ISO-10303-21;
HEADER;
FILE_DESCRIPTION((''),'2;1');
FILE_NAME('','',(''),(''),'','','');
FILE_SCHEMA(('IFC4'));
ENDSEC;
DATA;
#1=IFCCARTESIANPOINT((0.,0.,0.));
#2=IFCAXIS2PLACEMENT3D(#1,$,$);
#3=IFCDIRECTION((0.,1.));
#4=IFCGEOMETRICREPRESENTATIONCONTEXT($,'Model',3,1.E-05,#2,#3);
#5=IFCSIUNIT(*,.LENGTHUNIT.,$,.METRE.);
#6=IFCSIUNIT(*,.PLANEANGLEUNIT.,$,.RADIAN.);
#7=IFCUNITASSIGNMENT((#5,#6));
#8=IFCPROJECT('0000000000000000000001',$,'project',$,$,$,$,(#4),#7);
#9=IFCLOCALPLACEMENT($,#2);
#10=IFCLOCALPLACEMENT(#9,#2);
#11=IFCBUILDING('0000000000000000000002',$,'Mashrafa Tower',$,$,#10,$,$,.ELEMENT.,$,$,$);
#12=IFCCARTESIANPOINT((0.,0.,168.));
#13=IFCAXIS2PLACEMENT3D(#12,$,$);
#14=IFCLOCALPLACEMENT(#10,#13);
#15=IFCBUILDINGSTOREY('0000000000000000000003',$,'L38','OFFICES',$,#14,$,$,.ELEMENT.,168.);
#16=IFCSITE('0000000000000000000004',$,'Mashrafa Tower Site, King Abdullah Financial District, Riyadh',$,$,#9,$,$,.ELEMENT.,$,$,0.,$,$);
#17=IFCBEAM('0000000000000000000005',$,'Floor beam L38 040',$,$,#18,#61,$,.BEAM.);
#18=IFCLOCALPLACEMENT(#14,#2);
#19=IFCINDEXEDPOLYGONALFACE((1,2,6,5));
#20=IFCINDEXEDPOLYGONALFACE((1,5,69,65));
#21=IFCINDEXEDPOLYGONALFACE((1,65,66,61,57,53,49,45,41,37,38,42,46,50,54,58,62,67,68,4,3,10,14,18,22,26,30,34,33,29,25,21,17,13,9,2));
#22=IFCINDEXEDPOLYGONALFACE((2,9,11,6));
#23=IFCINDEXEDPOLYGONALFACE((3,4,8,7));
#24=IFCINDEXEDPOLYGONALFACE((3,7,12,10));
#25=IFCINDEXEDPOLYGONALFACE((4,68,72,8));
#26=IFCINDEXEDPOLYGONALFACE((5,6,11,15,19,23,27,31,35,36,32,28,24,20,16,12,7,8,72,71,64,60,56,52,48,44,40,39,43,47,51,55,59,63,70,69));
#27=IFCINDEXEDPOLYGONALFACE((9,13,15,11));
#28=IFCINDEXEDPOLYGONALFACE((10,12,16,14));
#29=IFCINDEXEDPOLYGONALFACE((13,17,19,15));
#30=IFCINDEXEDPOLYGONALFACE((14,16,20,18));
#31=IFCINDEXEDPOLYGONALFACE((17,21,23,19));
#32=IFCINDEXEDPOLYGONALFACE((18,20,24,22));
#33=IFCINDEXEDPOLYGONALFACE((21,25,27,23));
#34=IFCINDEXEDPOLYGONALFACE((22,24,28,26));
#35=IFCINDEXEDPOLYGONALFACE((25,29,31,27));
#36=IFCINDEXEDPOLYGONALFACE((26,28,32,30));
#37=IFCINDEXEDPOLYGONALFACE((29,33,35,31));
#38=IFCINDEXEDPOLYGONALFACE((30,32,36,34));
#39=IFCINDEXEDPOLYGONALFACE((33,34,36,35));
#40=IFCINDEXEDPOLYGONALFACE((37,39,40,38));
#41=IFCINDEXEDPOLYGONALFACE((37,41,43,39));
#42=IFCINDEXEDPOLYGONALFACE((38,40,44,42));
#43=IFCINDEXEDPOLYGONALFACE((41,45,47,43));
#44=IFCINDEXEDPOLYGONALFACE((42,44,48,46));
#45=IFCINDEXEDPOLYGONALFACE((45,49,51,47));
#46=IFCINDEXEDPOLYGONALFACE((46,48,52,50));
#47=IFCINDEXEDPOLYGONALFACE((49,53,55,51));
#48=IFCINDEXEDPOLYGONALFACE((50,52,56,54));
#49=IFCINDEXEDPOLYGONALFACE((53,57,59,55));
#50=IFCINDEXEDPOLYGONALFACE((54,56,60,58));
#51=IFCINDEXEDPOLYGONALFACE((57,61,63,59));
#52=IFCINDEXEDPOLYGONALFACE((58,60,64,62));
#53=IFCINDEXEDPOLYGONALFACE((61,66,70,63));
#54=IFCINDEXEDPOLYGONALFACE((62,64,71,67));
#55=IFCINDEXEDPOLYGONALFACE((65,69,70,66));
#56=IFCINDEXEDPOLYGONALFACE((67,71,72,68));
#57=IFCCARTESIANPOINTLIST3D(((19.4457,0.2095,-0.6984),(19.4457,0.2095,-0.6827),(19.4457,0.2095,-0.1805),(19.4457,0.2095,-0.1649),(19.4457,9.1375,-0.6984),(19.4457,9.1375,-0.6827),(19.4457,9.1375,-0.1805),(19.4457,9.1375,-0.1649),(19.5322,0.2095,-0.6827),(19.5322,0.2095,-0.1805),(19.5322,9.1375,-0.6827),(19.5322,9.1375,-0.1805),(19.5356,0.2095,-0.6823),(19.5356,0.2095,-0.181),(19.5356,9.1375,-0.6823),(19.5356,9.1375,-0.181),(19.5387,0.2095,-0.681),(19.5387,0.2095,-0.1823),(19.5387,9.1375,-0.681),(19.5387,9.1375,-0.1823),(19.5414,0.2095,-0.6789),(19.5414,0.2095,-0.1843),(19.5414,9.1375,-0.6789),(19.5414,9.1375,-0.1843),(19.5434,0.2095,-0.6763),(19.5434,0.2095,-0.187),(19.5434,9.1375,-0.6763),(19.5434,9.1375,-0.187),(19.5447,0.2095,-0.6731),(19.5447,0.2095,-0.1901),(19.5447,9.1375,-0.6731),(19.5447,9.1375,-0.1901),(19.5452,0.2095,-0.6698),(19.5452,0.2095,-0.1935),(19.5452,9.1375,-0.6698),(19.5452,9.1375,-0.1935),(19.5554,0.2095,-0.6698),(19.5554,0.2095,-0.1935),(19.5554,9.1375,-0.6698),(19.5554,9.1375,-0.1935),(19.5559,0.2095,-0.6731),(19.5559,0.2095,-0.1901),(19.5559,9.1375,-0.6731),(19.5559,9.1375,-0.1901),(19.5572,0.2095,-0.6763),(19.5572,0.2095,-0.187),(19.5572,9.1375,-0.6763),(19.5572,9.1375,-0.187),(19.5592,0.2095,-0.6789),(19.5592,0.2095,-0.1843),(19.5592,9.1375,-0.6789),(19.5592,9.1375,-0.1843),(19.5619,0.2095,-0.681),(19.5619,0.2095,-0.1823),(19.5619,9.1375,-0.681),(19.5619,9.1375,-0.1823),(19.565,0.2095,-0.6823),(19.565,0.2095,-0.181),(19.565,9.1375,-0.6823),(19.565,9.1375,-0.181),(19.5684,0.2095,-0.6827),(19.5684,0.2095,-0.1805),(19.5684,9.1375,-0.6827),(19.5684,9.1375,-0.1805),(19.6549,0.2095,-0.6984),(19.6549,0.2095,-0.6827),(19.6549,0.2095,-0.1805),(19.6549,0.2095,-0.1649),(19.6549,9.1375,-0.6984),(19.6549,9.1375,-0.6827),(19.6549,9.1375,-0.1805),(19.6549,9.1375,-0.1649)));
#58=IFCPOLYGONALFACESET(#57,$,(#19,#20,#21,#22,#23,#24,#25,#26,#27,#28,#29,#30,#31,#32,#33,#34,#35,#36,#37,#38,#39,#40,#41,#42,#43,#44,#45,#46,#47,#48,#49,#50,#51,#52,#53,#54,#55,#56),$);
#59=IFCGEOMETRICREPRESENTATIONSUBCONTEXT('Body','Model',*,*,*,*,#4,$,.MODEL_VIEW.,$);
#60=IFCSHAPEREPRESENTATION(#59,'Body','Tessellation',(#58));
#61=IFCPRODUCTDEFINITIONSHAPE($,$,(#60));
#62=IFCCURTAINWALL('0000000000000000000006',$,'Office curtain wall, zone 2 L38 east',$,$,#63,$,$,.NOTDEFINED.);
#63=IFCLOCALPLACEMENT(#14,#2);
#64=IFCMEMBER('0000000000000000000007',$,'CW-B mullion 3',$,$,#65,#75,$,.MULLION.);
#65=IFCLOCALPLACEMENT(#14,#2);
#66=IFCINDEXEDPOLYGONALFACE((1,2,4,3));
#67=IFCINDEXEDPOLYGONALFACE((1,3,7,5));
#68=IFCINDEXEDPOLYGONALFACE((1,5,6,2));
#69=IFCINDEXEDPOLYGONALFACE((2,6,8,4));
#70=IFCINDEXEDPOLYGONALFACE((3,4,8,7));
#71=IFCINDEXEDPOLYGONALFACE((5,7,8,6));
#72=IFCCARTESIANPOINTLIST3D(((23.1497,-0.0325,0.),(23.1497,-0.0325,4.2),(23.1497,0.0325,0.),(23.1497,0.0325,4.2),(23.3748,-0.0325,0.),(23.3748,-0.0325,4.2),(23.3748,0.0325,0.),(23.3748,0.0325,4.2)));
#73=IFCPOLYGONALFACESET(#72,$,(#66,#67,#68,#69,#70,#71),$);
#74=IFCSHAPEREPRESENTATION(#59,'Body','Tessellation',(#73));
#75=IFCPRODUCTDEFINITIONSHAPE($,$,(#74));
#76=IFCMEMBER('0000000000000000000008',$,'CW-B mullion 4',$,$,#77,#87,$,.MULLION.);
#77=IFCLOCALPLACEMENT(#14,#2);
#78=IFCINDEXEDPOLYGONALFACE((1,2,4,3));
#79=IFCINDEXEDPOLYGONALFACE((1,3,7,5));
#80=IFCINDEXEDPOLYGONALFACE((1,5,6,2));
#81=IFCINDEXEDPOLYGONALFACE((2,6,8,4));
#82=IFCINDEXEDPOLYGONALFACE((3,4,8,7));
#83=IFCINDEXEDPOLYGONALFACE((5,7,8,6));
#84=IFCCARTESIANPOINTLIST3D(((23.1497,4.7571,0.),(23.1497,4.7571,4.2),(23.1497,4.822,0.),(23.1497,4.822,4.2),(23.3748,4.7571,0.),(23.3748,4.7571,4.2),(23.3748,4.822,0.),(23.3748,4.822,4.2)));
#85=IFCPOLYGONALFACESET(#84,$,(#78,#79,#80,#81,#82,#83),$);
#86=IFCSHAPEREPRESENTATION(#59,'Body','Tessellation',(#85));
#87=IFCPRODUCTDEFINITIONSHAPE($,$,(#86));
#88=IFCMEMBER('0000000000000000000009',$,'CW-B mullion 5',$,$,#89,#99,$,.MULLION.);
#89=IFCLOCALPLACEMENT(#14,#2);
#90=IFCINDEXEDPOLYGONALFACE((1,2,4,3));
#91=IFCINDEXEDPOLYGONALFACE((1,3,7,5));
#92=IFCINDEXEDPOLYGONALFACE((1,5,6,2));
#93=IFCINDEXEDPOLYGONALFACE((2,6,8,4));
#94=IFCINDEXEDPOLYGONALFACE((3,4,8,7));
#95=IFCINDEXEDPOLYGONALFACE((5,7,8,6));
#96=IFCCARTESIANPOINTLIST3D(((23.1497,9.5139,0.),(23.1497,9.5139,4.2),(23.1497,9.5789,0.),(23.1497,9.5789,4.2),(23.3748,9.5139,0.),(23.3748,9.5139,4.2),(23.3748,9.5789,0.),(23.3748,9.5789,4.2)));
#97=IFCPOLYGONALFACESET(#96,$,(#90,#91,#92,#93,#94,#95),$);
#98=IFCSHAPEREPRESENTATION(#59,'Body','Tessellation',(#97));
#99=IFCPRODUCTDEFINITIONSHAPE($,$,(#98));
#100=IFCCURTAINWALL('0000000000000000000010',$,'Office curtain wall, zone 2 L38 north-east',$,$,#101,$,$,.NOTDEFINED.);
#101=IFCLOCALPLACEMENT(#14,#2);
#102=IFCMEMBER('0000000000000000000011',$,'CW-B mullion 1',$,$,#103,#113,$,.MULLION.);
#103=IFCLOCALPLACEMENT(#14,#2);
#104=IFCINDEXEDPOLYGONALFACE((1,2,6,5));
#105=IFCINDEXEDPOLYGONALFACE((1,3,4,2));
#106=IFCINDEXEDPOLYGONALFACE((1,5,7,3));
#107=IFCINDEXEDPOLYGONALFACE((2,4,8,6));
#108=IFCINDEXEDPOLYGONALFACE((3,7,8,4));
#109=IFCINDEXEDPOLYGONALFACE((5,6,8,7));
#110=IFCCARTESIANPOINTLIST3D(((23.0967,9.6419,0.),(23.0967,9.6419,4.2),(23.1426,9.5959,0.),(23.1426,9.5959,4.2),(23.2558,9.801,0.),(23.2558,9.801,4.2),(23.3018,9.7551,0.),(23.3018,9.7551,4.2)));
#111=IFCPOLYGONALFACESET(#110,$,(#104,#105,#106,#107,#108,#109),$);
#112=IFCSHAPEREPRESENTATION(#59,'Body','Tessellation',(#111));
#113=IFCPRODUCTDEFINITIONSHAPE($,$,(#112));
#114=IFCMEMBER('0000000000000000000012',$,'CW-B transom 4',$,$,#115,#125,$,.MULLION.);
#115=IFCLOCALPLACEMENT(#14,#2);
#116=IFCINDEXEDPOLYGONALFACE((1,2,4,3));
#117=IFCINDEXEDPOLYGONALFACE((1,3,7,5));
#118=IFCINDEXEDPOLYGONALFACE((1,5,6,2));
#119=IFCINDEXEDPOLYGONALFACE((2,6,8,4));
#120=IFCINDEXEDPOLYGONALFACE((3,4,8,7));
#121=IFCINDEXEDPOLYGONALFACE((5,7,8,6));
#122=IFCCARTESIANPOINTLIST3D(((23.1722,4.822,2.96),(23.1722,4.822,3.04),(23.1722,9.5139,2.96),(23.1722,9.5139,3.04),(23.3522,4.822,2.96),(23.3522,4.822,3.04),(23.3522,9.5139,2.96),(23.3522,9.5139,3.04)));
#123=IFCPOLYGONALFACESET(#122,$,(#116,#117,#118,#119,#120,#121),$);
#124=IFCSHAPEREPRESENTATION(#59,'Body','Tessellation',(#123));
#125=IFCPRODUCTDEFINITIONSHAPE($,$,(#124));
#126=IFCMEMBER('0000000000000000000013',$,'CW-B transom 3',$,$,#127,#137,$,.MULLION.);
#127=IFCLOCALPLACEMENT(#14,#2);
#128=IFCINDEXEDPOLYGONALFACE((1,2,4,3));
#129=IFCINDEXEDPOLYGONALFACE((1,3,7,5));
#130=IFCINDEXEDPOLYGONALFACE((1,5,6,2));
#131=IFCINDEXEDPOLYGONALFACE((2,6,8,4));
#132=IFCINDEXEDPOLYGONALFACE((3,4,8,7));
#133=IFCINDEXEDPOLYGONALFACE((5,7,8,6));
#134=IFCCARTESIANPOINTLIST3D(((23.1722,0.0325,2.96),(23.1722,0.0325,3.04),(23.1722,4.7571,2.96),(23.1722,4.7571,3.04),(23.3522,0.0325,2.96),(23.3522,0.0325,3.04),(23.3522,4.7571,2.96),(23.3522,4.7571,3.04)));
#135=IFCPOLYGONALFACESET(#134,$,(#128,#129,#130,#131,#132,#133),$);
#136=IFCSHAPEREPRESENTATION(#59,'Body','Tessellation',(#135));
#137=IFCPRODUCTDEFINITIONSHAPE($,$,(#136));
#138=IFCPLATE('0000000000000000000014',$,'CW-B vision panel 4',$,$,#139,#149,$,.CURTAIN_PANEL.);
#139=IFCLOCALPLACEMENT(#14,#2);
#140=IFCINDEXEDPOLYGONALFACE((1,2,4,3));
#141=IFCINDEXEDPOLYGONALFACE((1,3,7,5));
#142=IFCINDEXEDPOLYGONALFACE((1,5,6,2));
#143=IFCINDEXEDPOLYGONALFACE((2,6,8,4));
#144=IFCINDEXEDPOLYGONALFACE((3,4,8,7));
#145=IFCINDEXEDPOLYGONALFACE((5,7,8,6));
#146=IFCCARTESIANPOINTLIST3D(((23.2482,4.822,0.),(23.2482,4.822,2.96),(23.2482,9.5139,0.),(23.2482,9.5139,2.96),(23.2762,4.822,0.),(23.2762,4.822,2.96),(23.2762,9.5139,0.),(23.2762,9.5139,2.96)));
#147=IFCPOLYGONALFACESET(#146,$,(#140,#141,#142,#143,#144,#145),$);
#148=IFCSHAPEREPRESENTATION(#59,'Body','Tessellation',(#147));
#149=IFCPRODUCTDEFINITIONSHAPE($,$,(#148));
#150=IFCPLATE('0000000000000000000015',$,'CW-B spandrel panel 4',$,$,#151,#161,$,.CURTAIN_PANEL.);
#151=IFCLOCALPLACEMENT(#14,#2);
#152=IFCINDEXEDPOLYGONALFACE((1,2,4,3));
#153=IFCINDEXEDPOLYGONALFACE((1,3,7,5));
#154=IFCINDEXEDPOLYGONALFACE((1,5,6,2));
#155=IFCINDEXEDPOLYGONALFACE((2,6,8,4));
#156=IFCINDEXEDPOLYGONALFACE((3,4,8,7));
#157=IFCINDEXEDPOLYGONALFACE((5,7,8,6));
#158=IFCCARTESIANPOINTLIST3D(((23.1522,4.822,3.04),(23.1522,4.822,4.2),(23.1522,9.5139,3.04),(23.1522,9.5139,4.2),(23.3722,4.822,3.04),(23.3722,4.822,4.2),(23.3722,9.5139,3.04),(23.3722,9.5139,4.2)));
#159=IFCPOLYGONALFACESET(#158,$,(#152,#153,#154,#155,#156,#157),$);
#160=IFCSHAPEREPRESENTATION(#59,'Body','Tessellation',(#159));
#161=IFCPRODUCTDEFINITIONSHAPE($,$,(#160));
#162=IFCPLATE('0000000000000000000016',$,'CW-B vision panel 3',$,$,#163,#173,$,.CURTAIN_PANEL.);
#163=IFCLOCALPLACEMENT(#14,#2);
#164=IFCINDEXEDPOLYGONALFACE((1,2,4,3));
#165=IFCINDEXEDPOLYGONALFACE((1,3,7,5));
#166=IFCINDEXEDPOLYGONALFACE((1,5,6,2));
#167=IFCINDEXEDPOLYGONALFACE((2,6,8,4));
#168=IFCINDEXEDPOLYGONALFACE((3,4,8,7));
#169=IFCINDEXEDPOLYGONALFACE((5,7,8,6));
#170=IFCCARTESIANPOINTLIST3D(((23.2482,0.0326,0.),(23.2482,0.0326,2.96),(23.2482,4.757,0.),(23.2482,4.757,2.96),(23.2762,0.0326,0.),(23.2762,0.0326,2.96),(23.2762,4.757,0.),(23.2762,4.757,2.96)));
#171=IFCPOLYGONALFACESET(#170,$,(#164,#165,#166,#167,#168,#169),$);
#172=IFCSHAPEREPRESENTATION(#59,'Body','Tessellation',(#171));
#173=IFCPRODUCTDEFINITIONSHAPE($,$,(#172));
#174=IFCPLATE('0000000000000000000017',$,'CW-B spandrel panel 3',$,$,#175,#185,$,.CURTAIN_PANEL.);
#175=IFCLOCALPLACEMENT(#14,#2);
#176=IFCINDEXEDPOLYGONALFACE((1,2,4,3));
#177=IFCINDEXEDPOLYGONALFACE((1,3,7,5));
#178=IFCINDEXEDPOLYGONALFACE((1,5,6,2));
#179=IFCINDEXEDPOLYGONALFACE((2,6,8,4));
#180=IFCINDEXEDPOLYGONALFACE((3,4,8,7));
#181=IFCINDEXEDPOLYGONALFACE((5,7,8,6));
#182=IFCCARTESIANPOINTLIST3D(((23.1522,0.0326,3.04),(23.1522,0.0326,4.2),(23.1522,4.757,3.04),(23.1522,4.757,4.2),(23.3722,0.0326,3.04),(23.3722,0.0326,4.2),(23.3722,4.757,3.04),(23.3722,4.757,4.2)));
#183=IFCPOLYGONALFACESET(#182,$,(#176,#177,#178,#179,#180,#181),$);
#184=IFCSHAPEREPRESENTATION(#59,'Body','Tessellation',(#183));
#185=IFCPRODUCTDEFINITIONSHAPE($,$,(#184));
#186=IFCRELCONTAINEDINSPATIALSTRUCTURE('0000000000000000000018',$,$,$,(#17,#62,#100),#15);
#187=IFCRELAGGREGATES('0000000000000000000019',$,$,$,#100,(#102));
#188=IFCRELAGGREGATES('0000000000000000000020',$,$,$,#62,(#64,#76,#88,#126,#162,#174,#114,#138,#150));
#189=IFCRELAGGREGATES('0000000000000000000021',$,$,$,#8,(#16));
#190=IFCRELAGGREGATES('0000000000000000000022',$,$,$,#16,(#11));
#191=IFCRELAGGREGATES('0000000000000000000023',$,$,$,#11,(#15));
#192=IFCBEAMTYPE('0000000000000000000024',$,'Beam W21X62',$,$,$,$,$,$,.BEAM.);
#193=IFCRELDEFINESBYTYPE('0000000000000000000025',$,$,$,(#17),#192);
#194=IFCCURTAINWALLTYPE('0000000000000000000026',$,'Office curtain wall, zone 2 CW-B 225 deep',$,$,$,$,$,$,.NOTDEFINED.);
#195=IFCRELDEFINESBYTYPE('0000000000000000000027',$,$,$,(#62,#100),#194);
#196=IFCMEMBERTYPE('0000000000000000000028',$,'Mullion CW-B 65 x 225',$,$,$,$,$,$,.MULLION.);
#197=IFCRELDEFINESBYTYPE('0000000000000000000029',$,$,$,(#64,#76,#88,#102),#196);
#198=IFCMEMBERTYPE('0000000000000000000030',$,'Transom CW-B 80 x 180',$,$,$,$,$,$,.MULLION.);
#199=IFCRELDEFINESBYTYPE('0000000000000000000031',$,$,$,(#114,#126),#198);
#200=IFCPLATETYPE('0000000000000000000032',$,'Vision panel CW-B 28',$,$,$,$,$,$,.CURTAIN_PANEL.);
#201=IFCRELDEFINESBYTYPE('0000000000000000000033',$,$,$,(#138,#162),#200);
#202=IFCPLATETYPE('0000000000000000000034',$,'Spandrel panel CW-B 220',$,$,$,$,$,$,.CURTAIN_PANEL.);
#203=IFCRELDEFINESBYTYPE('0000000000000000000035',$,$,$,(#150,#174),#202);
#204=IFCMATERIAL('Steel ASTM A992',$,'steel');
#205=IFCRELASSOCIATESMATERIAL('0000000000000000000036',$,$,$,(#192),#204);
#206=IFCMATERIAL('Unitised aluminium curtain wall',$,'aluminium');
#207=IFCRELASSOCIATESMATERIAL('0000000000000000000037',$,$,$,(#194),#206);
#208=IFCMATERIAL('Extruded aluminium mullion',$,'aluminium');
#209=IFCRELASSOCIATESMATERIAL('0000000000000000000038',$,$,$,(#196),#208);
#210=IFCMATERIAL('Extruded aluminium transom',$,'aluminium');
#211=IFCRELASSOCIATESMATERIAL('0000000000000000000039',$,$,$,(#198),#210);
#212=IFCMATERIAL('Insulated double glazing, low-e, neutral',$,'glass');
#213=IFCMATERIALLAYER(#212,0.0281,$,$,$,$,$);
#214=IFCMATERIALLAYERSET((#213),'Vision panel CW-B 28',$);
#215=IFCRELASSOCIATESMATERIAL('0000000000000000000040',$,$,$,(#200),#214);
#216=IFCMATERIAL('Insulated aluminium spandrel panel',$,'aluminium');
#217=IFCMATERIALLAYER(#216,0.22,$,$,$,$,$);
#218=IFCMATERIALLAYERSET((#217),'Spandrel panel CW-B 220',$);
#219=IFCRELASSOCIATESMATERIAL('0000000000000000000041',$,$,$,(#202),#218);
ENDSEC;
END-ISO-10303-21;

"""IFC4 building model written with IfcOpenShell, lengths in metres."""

from ifc_helpers import new_model, si_unit, direction, frame, origin, origin_2d, place, context, subcontext, project, spatial, rectangle, i_section, extrude, source, transform, mapped, material, layer, layer_set, material_profile, profile_set, type_object, type_shapes, element, aggregate, save


model = new_model("IFC4")

# Units and contexts
model_context = context("Model", 3, precision=1e-05, world=origin(), true_north=direction((0.0, 1.0)))
body_context = subcontext(model_context, "Body", "Model", "MODEL_VIEW")
ifc_project = project(units=[si_unit("LENGTHUNIT", "METRE"), si_unit("PLANEANGLEUNIT", "RADIAN")], contexts=[model_context])

# Site, building, storey
site_placement = place(None, origin())
site = spatial("IfcSite", under=ifc_project, at=site_placement, Name="Mashrafa Tower Site, King Abdullah Financial District, Riyadh", CompositionType="ELEMENT", RefElevation=0.0)
building_placement = place(site_placement, origin())
building = spatial("IfcBuilding", under=site, at=building_placement, Name="Mashrafa Tower", CompositionType="ELEMENT")
storey_placement = place(building_placement, frame((0.0, 0.0, 168.0)))
storey = spatial("IfcBuildingStorey", under=building, at=storey_placement, Name="L38", Description="OFFICES", CompositionType="ELEMENT", Elevation=168.0)

# Beam
ifc_material_1 = material(Name="Steel ASTM A992", Category="steel")
ifc_material_profile_1 = material_profile(ifc_material_1, i_section(OverallWidth=0.2092, OverallDepth=0.5334, WebThickness=0.0103, FlangeThickness=0.0156, FilletRadius=0.0129, at=origin_2d()), Name="W21X62")
ifc_profile_set_1 = profile_set([ifc_material_profile_1], Name="Steel ASTM A992")
beam_type_1 = type_object("IfcBeamType", Name="Beam W21X62", PredefinedType="BEAM", material=ifc_profile_set_1)
beam_1_placement = place(storey_placement, frame((19.5503, 9.1375, -0.4316), z_axis=(0.0, -1.0, 0.0), x_axis=(1.0, 0.0, 0.0)))
element("IfcBeam", 1, at=beam_1_placement, inside=storey, type_object=beam_type_1, Name="Floor beam L38 040", PredefinedType="BEAM", context=body_context, shape_type="SweptSolid", body=[
    extrude(i_section(OverallWidth=0.2092, OverallDepth=0.5334, WebThickness=0.0103, FlangeThickness=0.0156, FilletRadius=0.0129, at=origin_2d()), origin(), (0.0, 0.0, 1.0), 8.928),
])

# Curtain wall, members
ifc_material_2 = material(Name="Unitised aluminium curtain wall", Category="aluminium")
curtain_wall_type = type_object("IfcCurtainWallType", Name="Office curtain wall, zone 2 CW-B 225 deep", PredefinedType="NOTDEFINED", material=ifc_material_2)
curtain_wall_1_placement = place(storey_placement, origin())
curtain_wall_1 = element("IfcCurtainWall", 2, at=curtain_wall_1_placement, inside=storey, type_object=curtain_wall_type, Name="Office curtain wall, zone 2 L38 east", PredefinedType="NOTDEFINED")
ifc_material_3 = material(Name="Extruded aluminium mullion", Category="aluminium")
ifc_material_profile_2 = material_profile(ifc_material_3, rectangle(XDim=0.2251, YDim=0.0649, at=origin_2d()), Name="Mullion 65x225")
ifc_profile_set_2 = profile_set([ifc_material_profile_2], Name="Extruded aluminium mullion")
member_type_1 = type_object("IfcMemberType", Name="Mullion CW-B 65 x 225", PredefinedType="MULLION", material=ifc_profile_set_2)
shared_shape_1 = source(origin(), body_context, "Body", "SweptSolid", [
    extrude(rectangle(XDim=0.2251, YDim=0.0649, at=origin_2d()), origin(), (0.0, 0.0, 1.0), 4.2),
])
type_shapes(member_type_1, [shared_shape_1])
member_1_placement = place(storey_placement, frame((23.2622, 0.0, 0.0), z_axis=(0.0, 0.0, 1.0), x_axis=(-1.0, 0.0, 0.0)))
member_1 = element("IfcMember", 3, at=member_1_placement, type_object=member_type_1, Name="CW-B mullion 3", PredefinedType="MULLION", context=body_context, shape_type="MappedRepresentation", body=[
    mapped(shared_shape_1, transform((0.0, 0.0, 0.0))),
])
member_2_placement = place(storey_placement, frame((23.2622, 4.7896, 0.0), z_axis=(0.0, 0.0, 1.0), x_axis=(-1.0, 0.0, 0.0)))
member_2 = element("IfcMember", 4, at=member_2_placement, type_object=member_type_1, Name="CW-B mullion 4", PredefinedType="MULLION", context=body_context, shape_type="MappedRepresentation", body=[
    mapped(shared_shape_1, transform((0.0, 0.0, 0.0))),
])
member_3_placement = place(storey_placement, frame((23.2622, 9.5464, 0.0), z_axis=(0.0, 0.0, 1.0), x_axis=(-1.0, 0.0, 0.0)))
member_3 = element("IfcMember", 5, at=member_3_placement, type_object=member_type_1, Name="CW-B mullion 5", PredefinedType="MULLION", context=body_context, shape_type="MappedRepresentation", body=[
    mapped(shared_shape_1, transform((0.0, 0.0, 0.0))),
])

# Curtain wall, member
curtain_wall_2_placement = place(storey_placement, origin())
curtain_wall_2 = element("IfcCurtainWall", 6, at=curtain_wall_2_placement, inside=storey, type_object=curtain_wall_type, Name="Office curtain wall, zone 2 L38 north-east", PredefinedType="NOTDEFINED")
member_4_placement = place(storey_placement, frame((23.1992, 9.6985, 0.0), z_axis=(0.0, 0.0, 1.0), x_axis=(-0.707107, -0.707107, 0.0)))
member_4 = element("IfcMember", 7, at=member_4_placement, type_object=member_type_1, Name="CW-B mullion 1", PredefinedType="MULLION", context=body_context, shape_type="MappedRepresentation", body=[
    mapped(shared_shape_1, transform((0.0, 0.0, 0.0))),
])
aggregate(curtain_wall_2, [member_4])

# Members
ifc_material_4 = material(Name="Extruded aluminium transom", Category="aluminium")
ifc_material_profile_3 = material_profile(ifc_material_4, rectangle(XDim=0.1799, YDim=0.0801, at=origin_2d()), Name="Transom 80x180")
ifc_profile_set_3 = profile_set([ifc_material_profile_3], Name="Extruded aluminium transom")
member_type_2 = type_object("IfcMemberType", Name="Transom CW-B 80 x 180", PredefinedType="MULLION", material=ifc_profile_set_3)
shared_shape_2 = source(origin(), body_context, "Body", "SweptSolid", [
    extrude(rectangle(XDim=0.1799, YDim=0.0801, at=origin_2d()), origin(), (0.0, 0.0, 1.0), 4.6919),
])
member_5_placement = place(storey_placement, frame((23.2622, 4.822, 3.0), z_axis=(0.0, 1.0, 0.0), x_axis=(-1.0, 0.0, 0.0)))
member_5 = element("IfcMember", 8, at=member_5_placement, type_object=member_type_2, Name="CW-B transom 4", PredefinedType="MULLION", context=body_context, shape_type="MappedRepresentation", body=[
    mapped(shared_shape_2, transform((0.0, 0.0, 0.0))),
])
shared_shape_3 = source(origin(), body_context, "Body", "SweptSolid", [
    extrude(rectangle(XDim=0.1799, YDim=0.0801, at=origin_2d()), origin(), (0.0, 0.0, 1.0), 4.7246),
])
type_shapes(member_type_2, [shared_shape_2, shared_shape_3])
member_6_placement = place(storey_placement, frame((23.2622, 0.0325, 3.0), z_axis=(0.0, 1.0, 0.0), x_axis=(-1.0, 0.0, 0.0)))
member_6 = element("IfcMember", 9, at=member_6_placement, type_object=member_type_2, Name="CW-B transom 3", PredefinedType="MULLION", context=body_context, shape_type="MappedRepresentation", body=[
    mapped(shared_shape_3, transform((0.0, 0.0, 0.0))),
])

# Plates
ifc_material_5 = material(Name="Insulated double glazing, low-e, neutral", Category="glass")
ifc_layer_1 = layer(ifc_material_5, 0.0281)
ifc_layer_set_1 = layer_set([ifc_layer_1], Name="Vision panel CW-B 28")
plate_type_1 = type_object("IfcPlateType", Name="Vision panel CW-B 28", PredefinedType="CURTAIN_PANEL", material=ifc_layer_set_1)
shared_shape_4 = source(origin(), body_context, "Body", "SweptSolid", [
    extrude(rectangle(XDim=4.6919, YDim=0.0281, at=origin_2d()), origin(), (0.0, 0.0, 1.0), 2.96),
])
plate_1_placement = place(storey_placement, frame((23.2622, 7.168, 0.0), z_axis=(0.0, 0.0, 1.0), x_axis=(0.0, 1.0, 0.0)))
plate_1 = element("IfcPlate", 10, at=plate_1_placement, type_object=plate_type_1, Name="CW-B vision panel 4", PredefinedType="CURTAIN_PANEL", context=body_context, shape_type="MappedRepresentation", body=[
    mapped(shared_shape_4, transform((0.0, 0.0, 0.0))),
])
ifc_material_6 = material(Name="Insulated aluminium spandrel panel", Category="aluminium")
ifc_layer_2 = layer(ifc_material_6, 0.22)
ifc_layer_set_2 = layer_set([ifc_layer_2], Name="Spandrel panel CW-B 220")
plate_type_2 = type_object("IfcPlateType", Name="Spandrel panel CW-B 220", PredefinedType="CURTAIN_PANEL", material=ifc_layer_set_2)
shared_shape_5 = source(origin(), body_context, "Body", "SweptSolid", [
    extrude(rectangle(XDim=4.6919, YDim=0.22, at=origin_2d()), origin(), (0.0, 0.0, 1.0), 1.1599),
])
plate_2_placement = place(storey_placement, frame((23.2622, 7.168, 3.04), z_axis=(0.0, 0.0, 1.0), x_axis=(0.0, 1.0, 0.0)))
plate_2 = element("IfcPlate", 11, at=plate_2_placement, type_object=plate_type_2, Name="CW-B spandrel panel 4", PredefinedType="CURTAIN_PANEL", context=body_context, shape_type="MappedRepresentation", body=[
    mapped(shared_shape_5, transform((0.0, 0.0, 0.0))),
])
shared_shape_6 = source(origin(), body_context, "Body", "SweptSolid", [
    extrude(rectangle(XDim=4.7244, YDim=0.0281, at=origin_2d()), origin(), (0.0, 0.0, 1.0), 2.96),
])
type_shapes(plate_type_1, [shared_shape_4, shared_shape_6])
plate_3_placement = place(storey_placement, frame((23.2622, 2.3948, 0.0), z_axis=(0.0, 0.0, 1.0), x_axis=(0.0, 1.0, 0.0)))
plate_3 = element("IfcPlate", 12, at=plate_3_placement, type_object=plate_type_1, Name="CW-B vision panel 3", PredefinedType="CURTAIN_PANEL", context=body_context, shape_type="MappedRepresentation", body=[
    mapped(shared_shape_6, transform((0.0, 0.0, 0.0))),
])
shared_shape_7 = source(origin(), body_context, "Body", "SweptSolid", [
    extrude(rectangle(XDim=4.7244, YDim=0.22, at=origin_2d()), origin(), (0.0, 0.0, 1.0), 1.1599),
])
type_shapes(plate_type_2, [shared_shape_5, shared_shape_7])
plate_4_placement = place(storey_placement, frame((23.2622, 2.3948, 3.04), z_axis=(0.0, 0.0, 1.0), x_axis=(0.0, 1.0, 0.0)))
plate_4 = element("IfcPlate", 13, at=plate_4_placement, type_object=plate_type_2, Name="CW-B spandrel panel 3", PredefinedType="CURTAIN_PANEL", context=body_context, shape_type="MappedRepresentation", body=[
    mapped(shared_shape_7, transform((0.0, 0.0, 0.0))),
])
aggregate(curtain_wall_1, [member_1, member_2, member_3, member_6, plate_3, plate_4, member_5, plate_1, plate_2])

save(model, "model.ifc")
